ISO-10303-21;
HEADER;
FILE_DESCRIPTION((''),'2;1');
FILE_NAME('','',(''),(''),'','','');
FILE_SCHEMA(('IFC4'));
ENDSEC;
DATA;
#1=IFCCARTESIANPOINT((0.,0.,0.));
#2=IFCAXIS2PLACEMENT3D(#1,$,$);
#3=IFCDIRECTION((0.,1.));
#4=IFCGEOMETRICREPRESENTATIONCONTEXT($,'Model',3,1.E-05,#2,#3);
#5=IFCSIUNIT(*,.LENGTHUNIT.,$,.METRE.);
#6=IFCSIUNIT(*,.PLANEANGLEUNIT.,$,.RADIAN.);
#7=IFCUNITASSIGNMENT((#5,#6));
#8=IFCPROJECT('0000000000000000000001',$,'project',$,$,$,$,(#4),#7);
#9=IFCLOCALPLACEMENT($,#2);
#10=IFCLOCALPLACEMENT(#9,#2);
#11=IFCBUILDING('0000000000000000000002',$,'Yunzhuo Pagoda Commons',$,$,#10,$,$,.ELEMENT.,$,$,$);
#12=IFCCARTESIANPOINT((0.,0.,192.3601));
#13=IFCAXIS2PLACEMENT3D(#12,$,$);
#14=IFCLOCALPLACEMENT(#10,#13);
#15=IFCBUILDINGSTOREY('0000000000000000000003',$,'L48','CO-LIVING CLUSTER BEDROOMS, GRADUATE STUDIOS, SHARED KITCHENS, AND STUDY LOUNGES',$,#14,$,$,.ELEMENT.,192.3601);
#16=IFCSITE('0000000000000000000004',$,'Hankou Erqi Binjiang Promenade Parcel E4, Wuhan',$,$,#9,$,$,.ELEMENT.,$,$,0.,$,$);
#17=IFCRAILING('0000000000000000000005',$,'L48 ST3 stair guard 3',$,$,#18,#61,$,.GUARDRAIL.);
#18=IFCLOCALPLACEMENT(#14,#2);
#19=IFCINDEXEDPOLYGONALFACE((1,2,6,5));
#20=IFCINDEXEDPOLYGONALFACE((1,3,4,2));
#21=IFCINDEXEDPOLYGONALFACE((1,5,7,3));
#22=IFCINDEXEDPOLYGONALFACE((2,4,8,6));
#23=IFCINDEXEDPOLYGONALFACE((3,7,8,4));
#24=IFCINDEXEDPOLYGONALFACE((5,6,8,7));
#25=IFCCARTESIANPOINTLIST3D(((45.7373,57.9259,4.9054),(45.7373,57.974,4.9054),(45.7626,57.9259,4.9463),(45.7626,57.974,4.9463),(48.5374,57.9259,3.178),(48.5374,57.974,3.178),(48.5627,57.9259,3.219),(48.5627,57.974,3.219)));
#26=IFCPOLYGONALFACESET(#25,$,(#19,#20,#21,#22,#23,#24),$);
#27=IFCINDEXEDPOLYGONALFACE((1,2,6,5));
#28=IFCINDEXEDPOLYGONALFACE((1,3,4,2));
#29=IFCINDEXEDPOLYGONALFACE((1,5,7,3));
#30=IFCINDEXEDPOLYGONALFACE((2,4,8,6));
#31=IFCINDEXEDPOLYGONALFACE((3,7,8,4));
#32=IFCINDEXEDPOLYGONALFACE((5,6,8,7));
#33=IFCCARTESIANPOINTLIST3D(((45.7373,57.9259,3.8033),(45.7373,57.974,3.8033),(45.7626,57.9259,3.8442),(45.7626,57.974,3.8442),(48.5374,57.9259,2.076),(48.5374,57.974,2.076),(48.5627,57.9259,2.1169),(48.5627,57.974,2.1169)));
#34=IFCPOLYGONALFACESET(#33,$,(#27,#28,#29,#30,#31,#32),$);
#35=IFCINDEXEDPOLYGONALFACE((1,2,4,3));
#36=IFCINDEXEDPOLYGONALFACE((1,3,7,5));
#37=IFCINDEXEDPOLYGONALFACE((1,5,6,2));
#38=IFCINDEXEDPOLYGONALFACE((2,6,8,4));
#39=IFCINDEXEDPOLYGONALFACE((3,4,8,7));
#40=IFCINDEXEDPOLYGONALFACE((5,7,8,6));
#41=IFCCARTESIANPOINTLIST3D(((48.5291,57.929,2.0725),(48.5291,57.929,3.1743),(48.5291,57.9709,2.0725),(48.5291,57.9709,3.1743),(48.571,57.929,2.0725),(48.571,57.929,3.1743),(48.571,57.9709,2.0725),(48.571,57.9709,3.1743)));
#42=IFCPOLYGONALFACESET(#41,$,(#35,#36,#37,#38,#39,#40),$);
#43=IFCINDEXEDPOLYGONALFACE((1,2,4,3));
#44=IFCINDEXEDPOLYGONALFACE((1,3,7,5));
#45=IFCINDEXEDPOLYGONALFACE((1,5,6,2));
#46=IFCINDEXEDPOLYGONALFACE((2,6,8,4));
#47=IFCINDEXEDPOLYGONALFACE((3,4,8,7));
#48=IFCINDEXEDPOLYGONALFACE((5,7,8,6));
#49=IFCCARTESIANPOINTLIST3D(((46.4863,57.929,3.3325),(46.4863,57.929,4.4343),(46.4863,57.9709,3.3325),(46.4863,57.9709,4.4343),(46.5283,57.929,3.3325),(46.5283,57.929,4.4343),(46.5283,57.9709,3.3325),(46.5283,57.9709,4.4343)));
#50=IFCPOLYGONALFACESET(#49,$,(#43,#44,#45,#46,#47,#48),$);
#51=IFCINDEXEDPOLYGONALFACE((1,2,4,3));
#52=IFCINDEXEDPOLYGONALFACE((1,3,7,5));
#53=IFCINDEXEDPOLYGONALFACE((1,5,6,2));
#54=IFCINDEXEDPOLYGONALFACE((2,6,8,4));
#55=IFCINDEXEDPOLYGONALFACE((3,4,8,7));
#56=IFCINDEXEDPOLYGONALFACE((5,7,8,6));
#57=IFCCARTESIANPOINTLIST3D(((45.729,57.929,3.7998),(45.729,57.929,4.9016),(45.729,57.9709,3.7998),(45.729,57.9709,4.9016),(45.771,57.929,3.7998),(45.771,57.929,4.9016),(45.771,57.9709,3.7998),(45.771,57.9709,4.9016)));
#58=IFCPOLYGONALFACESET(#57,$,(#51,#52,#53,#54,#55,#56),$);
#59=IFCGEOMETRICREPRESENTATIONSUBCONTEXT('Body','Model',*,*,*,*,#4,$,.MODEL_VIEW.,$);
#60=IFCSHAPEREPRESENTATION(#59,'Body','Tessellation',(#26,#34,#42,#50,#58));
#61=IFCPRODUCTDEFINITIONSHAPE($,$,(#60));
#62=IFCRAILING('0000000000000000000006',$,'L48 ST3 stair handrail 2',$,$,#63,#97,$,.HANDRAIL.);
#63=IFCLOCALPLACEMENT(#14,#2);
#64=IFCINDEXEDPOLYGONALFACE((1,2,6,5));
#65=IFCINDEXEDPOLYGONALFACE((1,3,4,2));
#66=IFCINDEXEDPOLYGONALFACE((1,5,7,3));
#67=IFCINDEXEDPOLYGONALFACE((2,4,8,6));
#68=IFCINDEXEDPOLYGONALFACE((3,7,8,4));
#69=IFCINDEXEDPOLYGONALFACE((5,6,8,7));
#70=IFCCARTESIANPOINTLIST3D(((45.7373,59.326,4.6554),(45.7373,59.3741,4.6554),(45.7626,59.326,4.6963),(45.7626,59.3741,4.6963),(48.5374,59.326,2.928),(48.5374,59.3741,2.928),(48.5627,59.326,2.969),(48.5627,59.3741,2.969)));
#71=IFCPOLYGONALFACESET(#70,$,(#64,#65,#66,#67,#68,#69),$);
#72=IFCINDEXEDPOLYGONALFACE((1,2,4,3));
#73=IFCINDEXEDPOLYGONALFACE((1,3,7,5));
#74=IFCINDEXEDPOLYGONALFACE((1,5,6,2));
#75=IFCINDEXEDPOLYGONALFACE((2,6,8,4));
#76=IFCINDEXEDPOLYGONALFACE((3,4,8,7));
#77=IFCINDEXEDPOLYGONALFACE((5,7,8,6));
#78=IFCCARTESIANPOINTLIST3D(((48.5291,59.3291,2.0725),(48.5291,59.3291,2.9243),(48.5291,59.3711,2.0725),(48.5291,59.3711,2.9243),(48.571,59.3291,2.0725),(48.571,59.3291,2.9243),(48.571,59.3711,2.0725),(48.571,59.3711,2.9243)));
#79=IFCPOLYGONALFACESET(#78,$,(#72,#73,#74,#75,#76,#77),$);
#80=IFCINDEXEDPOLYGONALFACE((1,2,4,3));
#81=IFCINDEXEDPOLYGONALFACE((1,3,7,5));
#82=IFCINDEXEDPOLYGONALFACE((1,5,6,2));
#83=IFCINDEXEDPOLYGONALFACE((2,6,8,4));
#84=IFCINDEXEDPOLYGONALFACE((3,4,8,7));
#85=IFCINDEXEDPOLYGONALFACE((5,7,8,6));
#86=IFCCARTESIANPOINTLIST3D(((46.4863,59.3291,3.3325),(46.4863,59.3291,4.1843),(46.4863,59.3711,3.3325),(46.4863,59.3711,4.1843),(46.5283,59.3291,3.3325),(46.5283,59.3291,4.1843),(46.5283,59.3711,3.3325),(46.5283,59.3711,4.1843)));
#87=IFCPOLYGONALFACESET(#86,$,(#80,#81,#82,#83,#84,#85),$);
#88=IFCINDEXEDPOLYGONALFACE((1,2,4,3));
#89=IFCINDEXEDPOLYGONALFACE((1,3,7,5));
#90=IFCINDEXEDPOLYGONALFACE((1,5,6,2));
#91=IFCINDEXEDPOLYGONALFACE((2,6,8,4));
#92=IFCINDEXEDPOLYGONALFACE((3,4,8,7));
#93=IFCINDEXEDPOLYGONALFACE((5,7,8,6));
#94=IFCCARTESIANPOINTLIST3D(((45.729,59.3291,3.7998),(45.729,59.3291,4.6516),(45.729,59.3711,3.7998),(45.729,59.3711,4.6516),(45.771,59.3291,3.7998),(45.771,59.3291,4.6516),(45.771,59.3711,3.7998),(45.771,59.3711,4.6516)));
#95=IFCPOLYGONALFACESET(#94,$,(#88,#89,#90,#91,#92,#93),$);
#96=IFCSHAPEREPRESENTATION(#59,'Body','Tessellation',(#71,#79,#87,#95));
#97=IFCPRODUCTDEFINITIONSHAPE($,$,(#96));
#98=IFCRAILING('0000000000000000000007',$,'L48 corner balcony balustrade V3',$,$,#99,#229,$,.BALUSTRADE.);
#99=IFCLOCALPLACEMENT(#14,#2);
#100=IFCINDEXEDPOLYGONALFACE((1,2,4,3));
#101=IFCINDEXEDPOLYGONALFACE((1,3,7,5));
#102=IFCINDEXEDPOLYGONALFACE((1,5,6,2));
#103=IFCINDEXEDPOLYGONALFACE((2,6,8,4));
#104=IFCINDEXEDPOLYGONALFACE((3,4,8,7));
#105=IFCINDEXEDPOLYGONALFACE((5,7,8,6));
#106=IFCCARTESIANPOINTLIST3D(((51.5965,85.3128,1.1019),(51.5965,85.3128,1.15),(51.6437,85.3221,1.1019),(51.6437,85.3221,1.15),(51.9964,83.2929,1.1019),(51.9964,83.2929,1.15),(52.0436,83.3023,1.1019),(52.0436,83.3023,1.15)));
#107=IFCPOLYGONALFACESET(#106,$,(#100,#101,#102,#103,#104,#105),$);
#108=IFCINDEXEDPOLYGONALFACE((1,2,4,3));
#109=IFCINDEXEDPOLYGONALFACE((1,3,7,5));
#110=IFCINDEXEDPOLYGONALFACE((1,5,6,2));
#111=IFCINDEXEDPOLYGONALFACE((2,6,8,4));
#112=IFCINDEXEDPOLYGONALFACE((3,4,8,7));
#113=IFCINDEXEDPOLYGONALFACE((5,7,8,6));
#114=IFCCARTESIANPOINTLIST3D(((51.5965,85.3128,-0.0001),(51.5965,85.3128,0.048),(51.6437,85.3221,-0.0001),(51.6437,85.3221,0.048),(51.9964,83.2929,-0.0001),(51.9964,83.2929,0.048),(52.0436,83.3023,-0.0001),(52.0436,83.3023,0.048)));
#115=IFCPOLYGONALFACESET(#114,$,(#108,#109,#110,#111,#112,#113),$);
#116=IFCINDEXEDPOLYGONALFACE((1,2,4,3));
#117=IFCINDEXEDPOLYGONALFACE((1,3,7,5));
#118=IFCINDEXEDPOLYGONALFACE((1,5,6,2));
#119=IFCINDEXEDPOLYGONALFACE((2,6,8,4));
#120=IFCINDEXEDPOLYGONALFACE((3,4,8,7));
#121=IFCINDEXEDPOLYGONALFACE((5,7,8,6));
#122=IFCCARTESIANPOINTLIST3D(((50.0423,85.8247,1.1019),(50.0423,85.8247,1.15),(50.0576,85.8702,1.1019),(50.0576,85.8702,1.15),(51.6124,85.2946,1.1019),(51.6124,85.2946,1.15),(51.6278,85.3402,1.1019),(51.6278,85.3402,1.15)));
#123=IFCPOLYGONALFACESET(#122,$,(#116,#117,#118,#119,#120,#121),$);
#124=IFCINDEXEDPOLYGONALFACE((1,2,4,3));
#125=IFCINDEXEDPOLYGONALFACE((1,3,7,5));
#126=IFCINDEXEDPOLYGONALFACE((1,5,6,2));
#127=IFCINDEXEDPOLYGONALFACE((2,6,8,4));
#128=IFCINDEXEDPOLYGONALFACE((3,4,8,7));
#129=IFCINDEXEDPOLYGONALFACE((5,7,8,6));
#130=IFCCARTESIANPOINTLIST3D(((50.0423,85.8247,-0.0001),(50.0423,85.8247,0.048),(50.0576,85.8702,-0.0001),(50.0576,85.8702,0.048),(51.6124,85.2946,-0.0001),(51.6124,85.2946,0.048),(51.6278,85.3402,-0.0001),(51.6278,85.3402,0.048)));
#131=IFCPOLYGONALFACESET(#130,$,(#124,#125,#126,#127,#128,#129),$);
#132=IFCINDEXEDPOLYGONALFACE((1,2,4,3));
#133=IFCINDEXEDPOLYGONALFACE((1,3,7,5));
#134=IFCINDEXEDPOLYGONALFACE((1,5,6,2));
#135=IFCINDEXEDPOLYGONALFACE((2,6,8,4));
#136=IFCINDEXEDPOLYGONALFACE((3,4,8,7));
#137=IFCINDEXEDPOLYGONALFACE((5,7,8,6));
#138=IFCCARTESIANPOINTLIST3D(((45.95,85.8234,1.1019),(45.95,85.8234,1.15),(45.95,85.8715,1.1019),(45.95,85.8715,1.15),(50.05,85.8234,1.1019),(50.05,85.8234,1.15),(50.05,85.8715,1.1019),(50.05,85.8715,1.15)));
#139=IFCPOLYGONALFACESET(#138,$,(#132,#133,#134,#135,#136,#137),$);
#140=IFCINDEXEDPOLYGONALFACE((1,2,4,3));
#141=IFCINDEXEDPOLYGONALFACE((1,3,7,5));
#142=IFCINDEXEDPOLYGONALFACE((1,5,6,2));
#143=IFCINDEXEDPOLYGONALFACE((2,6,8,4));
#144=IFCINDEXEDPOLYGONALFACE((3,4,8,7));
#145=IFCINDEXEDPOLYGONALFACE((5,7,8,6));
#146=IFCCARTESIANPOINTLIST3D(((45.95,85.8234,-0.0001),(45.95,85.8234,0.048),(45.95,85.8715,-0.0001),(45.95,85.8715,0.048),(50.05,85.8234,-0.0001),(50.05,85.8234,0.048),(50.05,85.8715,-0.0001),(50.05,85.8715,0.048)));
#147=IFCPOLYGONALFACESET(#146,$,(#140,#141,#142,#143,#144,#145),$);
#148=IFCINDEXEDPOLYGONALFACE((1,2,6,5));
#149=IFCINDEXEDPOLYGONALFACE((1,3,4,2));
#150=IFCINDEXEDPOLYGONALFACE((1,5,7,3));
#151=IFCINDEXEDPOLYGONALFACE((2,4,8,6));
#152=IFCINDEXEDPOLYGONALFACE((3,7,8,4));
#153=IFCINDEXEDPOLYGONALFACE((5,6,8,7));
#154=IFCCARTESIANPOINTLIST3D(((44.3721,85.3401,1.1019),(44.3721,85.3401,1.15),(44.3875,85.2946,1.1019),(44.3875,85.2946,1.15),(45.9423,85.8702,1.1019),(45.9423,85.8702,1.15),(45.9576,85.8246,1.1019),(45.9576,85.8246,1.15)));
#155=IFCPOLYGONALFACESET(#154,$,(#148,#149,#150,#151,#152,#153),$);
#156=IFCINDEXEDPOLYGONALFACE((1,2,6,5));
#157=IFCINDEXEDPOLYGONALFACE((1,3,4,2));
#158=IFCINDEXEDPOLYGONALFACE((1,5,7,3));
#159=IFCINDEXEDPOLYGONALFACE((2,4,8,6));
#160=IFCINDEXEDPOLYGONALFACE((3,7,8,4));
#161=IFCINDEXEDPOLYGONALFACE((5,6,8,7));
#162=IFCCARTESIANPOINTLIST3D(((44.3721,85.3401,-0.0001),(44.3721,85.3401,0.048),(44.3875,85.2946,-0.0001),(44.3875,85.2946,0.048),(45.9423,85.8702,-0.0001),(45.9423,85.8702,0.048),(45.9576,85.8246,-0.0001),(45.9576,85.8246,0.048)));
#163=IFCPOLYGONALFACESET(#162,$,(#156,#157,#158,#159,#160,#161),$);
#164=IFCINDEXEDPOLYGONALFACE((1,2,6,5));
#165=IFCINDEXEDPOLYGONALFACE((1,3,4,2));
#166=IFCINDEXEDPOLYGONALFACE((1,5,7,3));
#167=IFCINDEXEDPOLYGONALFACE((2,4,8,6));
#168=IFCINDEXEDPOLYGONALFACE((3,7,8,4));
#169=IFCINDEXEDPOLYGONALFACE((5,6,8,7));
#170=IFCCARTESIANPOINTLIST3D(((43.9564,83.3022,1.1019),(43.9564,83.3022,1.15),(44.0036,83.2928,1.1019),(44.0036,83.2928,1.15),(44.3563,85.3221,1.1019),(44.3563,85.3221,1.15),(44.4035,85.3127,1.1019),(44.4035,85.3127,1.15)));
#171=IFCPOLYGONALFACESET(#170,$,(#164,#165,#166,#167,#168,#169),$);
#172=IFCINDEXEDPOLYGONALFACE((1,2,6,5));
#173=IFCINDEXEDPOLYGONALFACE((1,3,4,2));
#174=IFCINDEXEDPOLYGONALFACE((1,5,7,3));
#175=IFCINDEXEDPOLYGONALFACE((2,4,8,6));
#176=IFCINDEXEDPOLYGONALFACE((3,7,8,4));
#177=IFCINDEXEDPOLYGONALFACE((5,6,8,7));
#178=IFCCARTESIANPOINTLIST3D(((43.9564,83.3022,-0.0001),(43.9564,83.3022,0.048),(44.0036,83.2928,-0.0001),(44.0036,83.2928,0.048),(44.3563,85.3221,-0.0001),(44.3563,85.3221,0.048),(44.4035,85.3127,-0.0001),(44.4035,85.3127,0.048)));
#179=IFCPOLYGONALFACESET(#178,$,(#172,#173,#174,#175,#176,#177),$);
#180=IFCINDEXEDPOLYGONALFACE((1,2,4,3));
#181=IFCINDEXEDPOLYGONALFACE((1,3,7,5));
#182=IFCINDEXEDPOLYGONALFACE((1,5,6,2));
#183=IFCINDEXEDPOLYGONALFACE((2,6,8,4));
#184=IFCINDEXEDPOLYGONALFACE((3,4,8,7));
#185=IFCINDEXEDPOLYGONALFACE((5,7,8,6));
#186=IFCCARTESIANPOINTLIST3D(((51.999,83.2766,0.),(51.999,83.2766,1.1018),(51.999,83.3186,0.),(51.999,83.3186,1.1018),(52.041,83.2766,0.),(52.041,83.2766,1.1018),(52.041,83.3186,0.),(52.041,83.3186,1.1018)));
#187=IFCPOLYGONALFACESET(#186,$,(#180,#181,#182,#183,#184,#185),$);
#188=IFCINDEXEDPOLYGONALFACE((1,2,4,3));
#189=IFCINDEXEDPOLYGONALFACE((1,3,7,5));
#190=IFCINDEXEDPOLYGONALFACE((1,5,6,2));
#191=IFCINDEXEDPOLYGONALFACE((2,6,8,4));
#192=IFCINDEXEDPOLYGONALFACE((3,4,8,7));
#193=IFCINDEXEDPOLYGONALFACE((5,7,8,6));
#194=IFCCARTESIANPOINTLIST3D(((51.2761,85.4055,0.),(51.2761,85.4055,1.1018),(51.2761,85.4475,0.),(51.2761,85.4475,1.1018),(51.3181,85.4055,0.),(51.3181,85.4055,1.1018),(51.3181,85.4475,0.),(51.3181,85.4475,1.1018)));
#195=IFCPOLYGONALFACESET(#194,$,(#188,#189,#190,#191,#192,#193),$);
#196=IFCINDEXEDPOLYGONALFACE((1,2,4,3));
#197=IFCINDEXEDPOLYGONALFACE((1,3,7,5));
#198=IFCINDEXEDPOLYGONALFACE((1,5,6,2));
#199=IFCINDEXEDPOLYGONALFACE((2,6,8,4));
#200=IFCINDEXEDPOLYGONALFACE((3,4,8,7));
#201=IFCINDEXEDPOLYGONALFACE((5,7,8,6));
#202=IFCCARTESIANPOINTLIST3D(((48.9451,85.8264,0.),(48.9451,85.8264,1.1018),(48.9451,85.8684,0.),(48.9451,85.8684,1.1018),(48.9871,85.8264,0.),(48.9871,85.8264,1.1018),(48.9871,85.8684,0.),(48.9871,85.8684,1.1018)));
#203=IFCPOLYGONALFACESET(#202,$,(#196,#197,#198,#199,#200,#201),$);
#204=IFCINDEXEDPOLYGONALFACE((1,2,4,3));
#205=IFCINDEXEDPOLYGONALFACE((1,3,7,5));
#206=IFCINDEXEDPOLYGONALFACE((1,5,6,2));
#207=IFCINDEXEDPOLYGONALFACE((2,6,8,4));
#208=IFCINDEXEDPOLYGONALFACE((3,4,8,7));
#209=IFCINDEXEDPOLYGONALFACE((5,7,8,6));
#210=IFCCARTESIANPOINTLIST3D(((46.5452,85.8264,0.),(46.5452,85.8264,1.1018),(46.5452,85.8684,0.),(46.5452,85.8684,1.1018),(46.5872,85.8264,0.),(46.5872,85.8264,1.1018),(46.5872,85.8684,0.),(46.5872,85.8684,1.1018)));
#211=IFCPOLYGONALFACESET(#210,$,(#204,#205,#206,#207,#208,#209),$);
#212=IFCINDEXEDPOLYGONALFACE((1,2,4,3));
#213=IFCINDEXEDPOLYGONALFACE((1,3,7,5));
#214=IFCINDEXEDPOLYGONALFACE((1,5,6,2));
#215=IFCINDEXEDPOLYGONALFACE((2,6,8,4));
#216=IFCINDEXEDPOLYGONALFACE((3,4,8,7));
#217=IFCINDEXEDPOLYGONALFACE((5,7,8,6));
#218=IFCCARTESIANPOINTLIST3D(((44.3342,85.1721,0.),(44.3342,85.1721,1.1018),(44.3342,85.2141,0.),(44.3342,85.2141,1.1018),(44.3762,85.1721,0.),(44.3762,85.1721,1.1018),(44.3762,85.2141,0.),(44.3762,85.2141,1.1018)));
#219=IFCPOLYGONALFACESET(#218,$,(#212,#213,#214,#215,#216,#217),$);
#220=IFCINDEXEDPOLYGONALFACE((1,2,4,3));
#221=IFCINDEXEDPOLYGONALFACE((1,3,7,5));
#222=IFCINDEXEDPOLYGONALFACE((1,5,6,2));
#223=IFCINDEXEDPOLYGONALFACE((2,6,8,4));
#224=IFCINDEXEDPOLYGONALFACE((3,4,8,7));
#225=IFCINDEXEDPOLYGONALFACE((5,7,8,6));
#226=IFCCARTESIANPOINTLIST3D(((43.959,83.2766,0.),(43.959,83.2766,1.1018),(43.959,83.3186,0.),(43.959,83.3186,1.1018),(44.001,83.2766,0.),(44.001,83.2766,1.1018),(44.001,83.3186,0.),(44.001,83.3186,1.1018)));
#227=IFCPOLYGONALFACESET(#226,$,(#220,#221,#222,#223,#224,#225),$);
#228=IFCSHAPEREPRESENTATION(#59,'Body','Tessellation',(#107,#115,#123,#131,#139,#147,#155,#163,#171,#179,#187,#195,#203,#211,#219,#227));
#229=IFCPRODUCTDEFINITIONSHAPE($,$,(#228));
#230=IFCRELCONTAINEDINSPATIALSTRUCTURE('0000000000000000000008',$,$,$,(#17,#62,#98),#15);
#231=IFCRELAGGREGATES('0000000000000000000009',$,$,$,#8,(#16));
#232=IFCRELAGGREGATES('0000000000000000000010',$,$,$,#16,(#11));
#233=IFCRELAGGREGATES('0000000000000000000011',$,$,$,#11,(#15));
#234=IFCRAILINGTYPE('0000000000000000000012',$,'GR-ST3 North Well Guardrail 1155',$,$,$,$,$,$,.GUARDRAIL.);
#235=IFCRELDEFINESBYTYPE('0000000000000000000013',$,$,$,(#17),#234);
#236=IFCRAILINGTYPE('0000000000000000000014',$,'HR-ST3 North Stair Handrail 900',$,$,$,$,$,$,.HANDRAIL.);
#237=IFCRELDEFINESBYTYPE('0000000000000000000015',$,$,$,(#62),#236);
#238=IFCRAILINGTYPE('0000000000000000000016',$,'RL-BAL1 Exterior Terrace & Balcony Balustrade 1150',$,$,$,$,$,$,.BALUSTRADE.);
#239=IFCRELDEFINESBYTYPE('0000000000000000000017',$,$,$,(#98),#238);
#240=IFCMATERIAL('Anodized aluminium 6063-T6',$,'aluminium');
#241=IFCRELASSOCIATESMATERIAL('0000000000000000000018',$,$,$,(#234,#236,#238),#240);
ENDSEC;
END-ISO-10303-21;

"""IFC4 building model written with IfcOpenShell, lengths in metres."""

from ifc_helpers import new_model, si_unit, direction, frame, origin, origin_2d, place, context, subcontext, project, spatial, rectangle, extrude, material, type_object, element, save


model = new_model("IFC4")

# Units and contexts
model_context = context("Model", 3, precision=1e-05, world=origin(), true_north=direction((0.0, 1.0)))
body_context = subcontext(model_context, "Body", "Model", "MODEL_VIEW")
ifc_project = project(units=[si_unit("LENGTHUNIT", "METRE"), si_unit("PLANEANGLEUNIT", "RADIAN")], contexts=[model_context])

# Site, building, storey
site_placement = place(None, origin())
site = spatial("IfcSite", under=ifc_project, at=site_placement, Name="Hankou Erqi Binjiang Promenade Parcel E4, Wuhan", CompositionType="ELEMENT", RefElevation=0.0)
building_placement = place(site_placement, origin())
building = spatial("IfcBuilding", under=site, at=building_placement, Name="Yunzhuo Pagoda Commons", CompositionType="ELEMENT")
storey_placement = place(building_placement, frame((0.0, 0.0, 192.3601)))
storey = spatial("IfcBuildingStorey", under=building, at=storey_placement, Name="L48", Description="CO-LIVING CLUSTER BEDROOMS, GRADUATE STUDIOS, SHARED KITCHENS, AND STUDY LOUNGES", CompositionType="ELEMENT", Elevation=192.3601)

# Shared definitions
ifc_material_1 = material(Name="Anodized aluminium 6063-T6", Category="aluminium")

# Railings
railing_type_1 = type_object("IfcRailingType", Name="GR-ST3 North Well Guardrail 1155", PredefinedType="GUARDRAIL", material=ifc_material_1)
railing_1_placement = place(storey_placement, frame((48.55, 57.95, 2.0725)))
element("IfcRailing", 1, at=railing_1_placement, inside=storey, type_object=railing_type_1, Name="L48 ST3 stair guard 3", PredefinedType="GUARDRAIL", context=body_context, shape_type="SweptSolid", body=[
    extrude(rectangle(XDim=0.0481, YDim=0.0481, at=origin_2d()), frame((0.0, 0.0, 1.126), z_axis=(-0.85109, 0.0, 0.52502), x_axis=(0.0, -1.0, 0.0)), (0.0, 0.0, 1.0), 3.29),
    extrude(rectangle(XDim=0.0481, YDim=0.0481, at=origin_2d()), frame((0.0, 0.0, 0.0239), z_axis=(-0.85109, 0.0, 0.52502), x_axis=(0.0, -1.0, 0.0)), (0.0, 0.0, 1.0), 3.29),
    extrude(rectangle(XDim=0.042, YDim=0.042, at=origin_2d()), origin(), (0.0, 0.0, 1.0), 1.1018),
    extrude(rectangle(XDim=0.042, YDim=0.042, at=origin_2d()), frame((-2.0427, 0.0, 1.26)), (0.0, 0.0, 1.0), 1.1018),
    extrude(rectangle(XDim=0.042, YDim=0.042, at=origin_2d()), frame((-2.8, 0.0, 1.7273)), (0.0, 0.0, 1.0), 1.1018),
])
railing_type_2 = type_object("IfcRailingType", Name="HR-ST3 North Stair Handrail 900", PredefinedType="HANDRAIL", material=ifc_material_1)
railing_2_placement = place(storey_placement, frame((48.55, 59.3501, 2.0725)))
element("IfcRailing", 2, at=railing_2_placement, inside=storey, type_object=railing_type_2, Name="L48 ST3 stair handrail 2", PredefinedType="HANDRAIL", context=body_context, shape_type="SweptSolid", body=[
    extrude(rectangle(XDim=0.0481, YDim=0.0481, at=origin_2d()), frame((0.0, 0.0, 0.876), z_axis=(-0.85109, 0.0, 0.52502), x_axis=(0.0, -1.0, 0.0)), (0.0, 0.0, 1.0), 3.29),
    extrude(rectangle(XDim=0.042, YDim=0.042, at=origin_2d()), origin(), (0.0, 0.0, 1.0), 0.8518),
    extrude(rectangle(XDim=0.042, YDim=0.042, at=origin_2d()), frame((-2.0427, 0.0, 1.26)), (0.0, 0.0, 1.0), 0.8518),
    extrude(rectangle(XDim=0.042, YDim=0.042, at=origin_2d()), frame((-2.8, 0.0, 1.7273)), (0.0, 0.0, 1.0), 0.8518),
])
railing_type_3 = type_object("IfcRailingType", Name="RL-BAL1 Exterior Terrace & Balcony Balustrade 1150", PredefinedType="BALUSTRADE", material=ifc_material_1)
railing_3_placement = place(storey_placement, frame((52.02, 83.2976, 0.0)))
element("IfcRailing", 3, at=railing_3_placement, inside=storey, type_object=railing_type_3, Name="L48 corner balcony balustrade V3", PredefinedType="BALUSTRADE", context=body_context, shape_type="SweptSolid", body=[
    extrude(rectangle(XDim=0.0481, YDim=0.0481, at=origin_2d()), frame((0.0, 0.0, 1.126), z_axis=(-0.194223, 0.980957, 0.0), x_axis=(-0.980957, -0.194223, 0.0)), (0.0, 0.0, 1.0), 2.0591),
    extrude(rectangle(XDim=0.0481, YDim=0.0481, at=origin_2d()), frame((0.0, 0.0, 0.0239), z_axis=(-0.194223, 0.980957, 0.0), x_axis=(-0.980957, -0.194223, 0.0)), (0.0, 0.0, 1.0), 2.0591),
    extrude(rectangle(XDim=0.0481, YDim=0.0481, at=origin_2d()), frame((-0.3999, 2.0198, 1.126), z_axis=(-0.947468, 0.31985, 0.0), x_axis=(-0.31985, -0.947468, 0.0)), (0.0, 0.0, 1.0), 1.6572),
    extrude(rectangle(XDim=0.0481, YDim=0.0481, at=origin_2d()), frame((-0.3999, 2.0198, 0.0239), z_axis=(-0.947468, 0.31985, 0.0), x_axis=(-0.31985, -0.947468, 0.0)), (0.0, 0.0, 1.0), 1.6572),
    extrude(rectangle(XDim=0.0481, YDim=0.0481, at=origin_2d()), frame((-1.97, 2.5498, 1.126), z_axis=(-1.0, 0.0, 0.0), x_axis=(0.0, -1.0, 0.0)), (0.0, 0.0, 1.0), 4.1001),
    extrude(rectangle(XDim=0.0481, YDim=0.0481, at=origin_2d()), frame((-1.97, 2.5498, 0.0239), z_axis=(-1.0, 0.0, 0.0), x_axis=(0.0, -1.0, 0.0)), (0.0, 0.0, 1.0), 4.1001),
    extrude(rectangle(XDim=0.0481, YDim=0.0481, at=origin_2d()), frame((-6.0701, 2.5498, 1.126), z_axis=(-0.947468, -0.31985, 0.0), x_axis=(0.31985, -0.947468, 0.0)), (0.0, 0.0, 1.0), 1.6572),
    extrude(rectangle(XDim=0.0481, YDim=0.0481, at=origin_2d()), frame((-6.0701, 2.5498, 0.0239), z_axis=(-0.947468, -0.31985, 0.0), x_axis=(0.31985, -0.947468, 0.0)), (0.0, 0.0, 1.0), 1.6572),
    extrude(rectangle(XDim=0.0481, YDim=0.0481, at=origin_2d()), frame((-7.6401, 2.0198, 1.126), z_axis=(-0.194223, -0.980957, 0.0), x_axis=(0.980957, -0.194223, 0.0)), (0.0, 0.0, 1.0), 2.0591),
    extrude(rectangle(XDim=0.0481, YDim=0.0481, at=origin_2d()), frame((-7.6401, 2.0198, 0.0239), z_axis=(-0.194223, -0.980957, 0.0), x_axis=(0.980957, -0.194223, 0.0)), (0.0, 0.0, 1.0), 2.0591),
    extrude(rectangle(XDim=0.042, YDim=0.042, at=origin_2d()), origin(), (0.0, 0.0, 1.0), 1.1018),
    extrude(rectangle(XDim=0.042, YDim=0.042, at=origin_2d()), frame((-0.7229, 2.1289, 0.0)), (0.0, 0.0, 1.0), 1.1018),
    extrude(rectangle(XDim=0.042, YDim=0.042, at=origin_2d()), frame((-3.054, 2.5498, 0.0)), (0.0, 0.0, 1.0), 1.1018),
    extrude(rectangle(XDim=0.042, YDim=0.042, at=origin_2d()), frame((-5.4539, 2.5498, 0.0)), (0.0, 0.0, 1.0), 1.1018),
    extrude(rectangle(XDim=0.042, YDim=0.042, at=origin_2d()), frame((-7.6648, 1.8955, 0.0)), (0.0, 0.0, 1.0), 1.1018),
    extrude(rectangle(XDim=0.042, YDim=0.042, at=origin_2d()), frame((-8.04, 0.0, 0.0)), (0.0, 0.0, 1.0), 1.1018),
])

save(model, "model.ifc")
